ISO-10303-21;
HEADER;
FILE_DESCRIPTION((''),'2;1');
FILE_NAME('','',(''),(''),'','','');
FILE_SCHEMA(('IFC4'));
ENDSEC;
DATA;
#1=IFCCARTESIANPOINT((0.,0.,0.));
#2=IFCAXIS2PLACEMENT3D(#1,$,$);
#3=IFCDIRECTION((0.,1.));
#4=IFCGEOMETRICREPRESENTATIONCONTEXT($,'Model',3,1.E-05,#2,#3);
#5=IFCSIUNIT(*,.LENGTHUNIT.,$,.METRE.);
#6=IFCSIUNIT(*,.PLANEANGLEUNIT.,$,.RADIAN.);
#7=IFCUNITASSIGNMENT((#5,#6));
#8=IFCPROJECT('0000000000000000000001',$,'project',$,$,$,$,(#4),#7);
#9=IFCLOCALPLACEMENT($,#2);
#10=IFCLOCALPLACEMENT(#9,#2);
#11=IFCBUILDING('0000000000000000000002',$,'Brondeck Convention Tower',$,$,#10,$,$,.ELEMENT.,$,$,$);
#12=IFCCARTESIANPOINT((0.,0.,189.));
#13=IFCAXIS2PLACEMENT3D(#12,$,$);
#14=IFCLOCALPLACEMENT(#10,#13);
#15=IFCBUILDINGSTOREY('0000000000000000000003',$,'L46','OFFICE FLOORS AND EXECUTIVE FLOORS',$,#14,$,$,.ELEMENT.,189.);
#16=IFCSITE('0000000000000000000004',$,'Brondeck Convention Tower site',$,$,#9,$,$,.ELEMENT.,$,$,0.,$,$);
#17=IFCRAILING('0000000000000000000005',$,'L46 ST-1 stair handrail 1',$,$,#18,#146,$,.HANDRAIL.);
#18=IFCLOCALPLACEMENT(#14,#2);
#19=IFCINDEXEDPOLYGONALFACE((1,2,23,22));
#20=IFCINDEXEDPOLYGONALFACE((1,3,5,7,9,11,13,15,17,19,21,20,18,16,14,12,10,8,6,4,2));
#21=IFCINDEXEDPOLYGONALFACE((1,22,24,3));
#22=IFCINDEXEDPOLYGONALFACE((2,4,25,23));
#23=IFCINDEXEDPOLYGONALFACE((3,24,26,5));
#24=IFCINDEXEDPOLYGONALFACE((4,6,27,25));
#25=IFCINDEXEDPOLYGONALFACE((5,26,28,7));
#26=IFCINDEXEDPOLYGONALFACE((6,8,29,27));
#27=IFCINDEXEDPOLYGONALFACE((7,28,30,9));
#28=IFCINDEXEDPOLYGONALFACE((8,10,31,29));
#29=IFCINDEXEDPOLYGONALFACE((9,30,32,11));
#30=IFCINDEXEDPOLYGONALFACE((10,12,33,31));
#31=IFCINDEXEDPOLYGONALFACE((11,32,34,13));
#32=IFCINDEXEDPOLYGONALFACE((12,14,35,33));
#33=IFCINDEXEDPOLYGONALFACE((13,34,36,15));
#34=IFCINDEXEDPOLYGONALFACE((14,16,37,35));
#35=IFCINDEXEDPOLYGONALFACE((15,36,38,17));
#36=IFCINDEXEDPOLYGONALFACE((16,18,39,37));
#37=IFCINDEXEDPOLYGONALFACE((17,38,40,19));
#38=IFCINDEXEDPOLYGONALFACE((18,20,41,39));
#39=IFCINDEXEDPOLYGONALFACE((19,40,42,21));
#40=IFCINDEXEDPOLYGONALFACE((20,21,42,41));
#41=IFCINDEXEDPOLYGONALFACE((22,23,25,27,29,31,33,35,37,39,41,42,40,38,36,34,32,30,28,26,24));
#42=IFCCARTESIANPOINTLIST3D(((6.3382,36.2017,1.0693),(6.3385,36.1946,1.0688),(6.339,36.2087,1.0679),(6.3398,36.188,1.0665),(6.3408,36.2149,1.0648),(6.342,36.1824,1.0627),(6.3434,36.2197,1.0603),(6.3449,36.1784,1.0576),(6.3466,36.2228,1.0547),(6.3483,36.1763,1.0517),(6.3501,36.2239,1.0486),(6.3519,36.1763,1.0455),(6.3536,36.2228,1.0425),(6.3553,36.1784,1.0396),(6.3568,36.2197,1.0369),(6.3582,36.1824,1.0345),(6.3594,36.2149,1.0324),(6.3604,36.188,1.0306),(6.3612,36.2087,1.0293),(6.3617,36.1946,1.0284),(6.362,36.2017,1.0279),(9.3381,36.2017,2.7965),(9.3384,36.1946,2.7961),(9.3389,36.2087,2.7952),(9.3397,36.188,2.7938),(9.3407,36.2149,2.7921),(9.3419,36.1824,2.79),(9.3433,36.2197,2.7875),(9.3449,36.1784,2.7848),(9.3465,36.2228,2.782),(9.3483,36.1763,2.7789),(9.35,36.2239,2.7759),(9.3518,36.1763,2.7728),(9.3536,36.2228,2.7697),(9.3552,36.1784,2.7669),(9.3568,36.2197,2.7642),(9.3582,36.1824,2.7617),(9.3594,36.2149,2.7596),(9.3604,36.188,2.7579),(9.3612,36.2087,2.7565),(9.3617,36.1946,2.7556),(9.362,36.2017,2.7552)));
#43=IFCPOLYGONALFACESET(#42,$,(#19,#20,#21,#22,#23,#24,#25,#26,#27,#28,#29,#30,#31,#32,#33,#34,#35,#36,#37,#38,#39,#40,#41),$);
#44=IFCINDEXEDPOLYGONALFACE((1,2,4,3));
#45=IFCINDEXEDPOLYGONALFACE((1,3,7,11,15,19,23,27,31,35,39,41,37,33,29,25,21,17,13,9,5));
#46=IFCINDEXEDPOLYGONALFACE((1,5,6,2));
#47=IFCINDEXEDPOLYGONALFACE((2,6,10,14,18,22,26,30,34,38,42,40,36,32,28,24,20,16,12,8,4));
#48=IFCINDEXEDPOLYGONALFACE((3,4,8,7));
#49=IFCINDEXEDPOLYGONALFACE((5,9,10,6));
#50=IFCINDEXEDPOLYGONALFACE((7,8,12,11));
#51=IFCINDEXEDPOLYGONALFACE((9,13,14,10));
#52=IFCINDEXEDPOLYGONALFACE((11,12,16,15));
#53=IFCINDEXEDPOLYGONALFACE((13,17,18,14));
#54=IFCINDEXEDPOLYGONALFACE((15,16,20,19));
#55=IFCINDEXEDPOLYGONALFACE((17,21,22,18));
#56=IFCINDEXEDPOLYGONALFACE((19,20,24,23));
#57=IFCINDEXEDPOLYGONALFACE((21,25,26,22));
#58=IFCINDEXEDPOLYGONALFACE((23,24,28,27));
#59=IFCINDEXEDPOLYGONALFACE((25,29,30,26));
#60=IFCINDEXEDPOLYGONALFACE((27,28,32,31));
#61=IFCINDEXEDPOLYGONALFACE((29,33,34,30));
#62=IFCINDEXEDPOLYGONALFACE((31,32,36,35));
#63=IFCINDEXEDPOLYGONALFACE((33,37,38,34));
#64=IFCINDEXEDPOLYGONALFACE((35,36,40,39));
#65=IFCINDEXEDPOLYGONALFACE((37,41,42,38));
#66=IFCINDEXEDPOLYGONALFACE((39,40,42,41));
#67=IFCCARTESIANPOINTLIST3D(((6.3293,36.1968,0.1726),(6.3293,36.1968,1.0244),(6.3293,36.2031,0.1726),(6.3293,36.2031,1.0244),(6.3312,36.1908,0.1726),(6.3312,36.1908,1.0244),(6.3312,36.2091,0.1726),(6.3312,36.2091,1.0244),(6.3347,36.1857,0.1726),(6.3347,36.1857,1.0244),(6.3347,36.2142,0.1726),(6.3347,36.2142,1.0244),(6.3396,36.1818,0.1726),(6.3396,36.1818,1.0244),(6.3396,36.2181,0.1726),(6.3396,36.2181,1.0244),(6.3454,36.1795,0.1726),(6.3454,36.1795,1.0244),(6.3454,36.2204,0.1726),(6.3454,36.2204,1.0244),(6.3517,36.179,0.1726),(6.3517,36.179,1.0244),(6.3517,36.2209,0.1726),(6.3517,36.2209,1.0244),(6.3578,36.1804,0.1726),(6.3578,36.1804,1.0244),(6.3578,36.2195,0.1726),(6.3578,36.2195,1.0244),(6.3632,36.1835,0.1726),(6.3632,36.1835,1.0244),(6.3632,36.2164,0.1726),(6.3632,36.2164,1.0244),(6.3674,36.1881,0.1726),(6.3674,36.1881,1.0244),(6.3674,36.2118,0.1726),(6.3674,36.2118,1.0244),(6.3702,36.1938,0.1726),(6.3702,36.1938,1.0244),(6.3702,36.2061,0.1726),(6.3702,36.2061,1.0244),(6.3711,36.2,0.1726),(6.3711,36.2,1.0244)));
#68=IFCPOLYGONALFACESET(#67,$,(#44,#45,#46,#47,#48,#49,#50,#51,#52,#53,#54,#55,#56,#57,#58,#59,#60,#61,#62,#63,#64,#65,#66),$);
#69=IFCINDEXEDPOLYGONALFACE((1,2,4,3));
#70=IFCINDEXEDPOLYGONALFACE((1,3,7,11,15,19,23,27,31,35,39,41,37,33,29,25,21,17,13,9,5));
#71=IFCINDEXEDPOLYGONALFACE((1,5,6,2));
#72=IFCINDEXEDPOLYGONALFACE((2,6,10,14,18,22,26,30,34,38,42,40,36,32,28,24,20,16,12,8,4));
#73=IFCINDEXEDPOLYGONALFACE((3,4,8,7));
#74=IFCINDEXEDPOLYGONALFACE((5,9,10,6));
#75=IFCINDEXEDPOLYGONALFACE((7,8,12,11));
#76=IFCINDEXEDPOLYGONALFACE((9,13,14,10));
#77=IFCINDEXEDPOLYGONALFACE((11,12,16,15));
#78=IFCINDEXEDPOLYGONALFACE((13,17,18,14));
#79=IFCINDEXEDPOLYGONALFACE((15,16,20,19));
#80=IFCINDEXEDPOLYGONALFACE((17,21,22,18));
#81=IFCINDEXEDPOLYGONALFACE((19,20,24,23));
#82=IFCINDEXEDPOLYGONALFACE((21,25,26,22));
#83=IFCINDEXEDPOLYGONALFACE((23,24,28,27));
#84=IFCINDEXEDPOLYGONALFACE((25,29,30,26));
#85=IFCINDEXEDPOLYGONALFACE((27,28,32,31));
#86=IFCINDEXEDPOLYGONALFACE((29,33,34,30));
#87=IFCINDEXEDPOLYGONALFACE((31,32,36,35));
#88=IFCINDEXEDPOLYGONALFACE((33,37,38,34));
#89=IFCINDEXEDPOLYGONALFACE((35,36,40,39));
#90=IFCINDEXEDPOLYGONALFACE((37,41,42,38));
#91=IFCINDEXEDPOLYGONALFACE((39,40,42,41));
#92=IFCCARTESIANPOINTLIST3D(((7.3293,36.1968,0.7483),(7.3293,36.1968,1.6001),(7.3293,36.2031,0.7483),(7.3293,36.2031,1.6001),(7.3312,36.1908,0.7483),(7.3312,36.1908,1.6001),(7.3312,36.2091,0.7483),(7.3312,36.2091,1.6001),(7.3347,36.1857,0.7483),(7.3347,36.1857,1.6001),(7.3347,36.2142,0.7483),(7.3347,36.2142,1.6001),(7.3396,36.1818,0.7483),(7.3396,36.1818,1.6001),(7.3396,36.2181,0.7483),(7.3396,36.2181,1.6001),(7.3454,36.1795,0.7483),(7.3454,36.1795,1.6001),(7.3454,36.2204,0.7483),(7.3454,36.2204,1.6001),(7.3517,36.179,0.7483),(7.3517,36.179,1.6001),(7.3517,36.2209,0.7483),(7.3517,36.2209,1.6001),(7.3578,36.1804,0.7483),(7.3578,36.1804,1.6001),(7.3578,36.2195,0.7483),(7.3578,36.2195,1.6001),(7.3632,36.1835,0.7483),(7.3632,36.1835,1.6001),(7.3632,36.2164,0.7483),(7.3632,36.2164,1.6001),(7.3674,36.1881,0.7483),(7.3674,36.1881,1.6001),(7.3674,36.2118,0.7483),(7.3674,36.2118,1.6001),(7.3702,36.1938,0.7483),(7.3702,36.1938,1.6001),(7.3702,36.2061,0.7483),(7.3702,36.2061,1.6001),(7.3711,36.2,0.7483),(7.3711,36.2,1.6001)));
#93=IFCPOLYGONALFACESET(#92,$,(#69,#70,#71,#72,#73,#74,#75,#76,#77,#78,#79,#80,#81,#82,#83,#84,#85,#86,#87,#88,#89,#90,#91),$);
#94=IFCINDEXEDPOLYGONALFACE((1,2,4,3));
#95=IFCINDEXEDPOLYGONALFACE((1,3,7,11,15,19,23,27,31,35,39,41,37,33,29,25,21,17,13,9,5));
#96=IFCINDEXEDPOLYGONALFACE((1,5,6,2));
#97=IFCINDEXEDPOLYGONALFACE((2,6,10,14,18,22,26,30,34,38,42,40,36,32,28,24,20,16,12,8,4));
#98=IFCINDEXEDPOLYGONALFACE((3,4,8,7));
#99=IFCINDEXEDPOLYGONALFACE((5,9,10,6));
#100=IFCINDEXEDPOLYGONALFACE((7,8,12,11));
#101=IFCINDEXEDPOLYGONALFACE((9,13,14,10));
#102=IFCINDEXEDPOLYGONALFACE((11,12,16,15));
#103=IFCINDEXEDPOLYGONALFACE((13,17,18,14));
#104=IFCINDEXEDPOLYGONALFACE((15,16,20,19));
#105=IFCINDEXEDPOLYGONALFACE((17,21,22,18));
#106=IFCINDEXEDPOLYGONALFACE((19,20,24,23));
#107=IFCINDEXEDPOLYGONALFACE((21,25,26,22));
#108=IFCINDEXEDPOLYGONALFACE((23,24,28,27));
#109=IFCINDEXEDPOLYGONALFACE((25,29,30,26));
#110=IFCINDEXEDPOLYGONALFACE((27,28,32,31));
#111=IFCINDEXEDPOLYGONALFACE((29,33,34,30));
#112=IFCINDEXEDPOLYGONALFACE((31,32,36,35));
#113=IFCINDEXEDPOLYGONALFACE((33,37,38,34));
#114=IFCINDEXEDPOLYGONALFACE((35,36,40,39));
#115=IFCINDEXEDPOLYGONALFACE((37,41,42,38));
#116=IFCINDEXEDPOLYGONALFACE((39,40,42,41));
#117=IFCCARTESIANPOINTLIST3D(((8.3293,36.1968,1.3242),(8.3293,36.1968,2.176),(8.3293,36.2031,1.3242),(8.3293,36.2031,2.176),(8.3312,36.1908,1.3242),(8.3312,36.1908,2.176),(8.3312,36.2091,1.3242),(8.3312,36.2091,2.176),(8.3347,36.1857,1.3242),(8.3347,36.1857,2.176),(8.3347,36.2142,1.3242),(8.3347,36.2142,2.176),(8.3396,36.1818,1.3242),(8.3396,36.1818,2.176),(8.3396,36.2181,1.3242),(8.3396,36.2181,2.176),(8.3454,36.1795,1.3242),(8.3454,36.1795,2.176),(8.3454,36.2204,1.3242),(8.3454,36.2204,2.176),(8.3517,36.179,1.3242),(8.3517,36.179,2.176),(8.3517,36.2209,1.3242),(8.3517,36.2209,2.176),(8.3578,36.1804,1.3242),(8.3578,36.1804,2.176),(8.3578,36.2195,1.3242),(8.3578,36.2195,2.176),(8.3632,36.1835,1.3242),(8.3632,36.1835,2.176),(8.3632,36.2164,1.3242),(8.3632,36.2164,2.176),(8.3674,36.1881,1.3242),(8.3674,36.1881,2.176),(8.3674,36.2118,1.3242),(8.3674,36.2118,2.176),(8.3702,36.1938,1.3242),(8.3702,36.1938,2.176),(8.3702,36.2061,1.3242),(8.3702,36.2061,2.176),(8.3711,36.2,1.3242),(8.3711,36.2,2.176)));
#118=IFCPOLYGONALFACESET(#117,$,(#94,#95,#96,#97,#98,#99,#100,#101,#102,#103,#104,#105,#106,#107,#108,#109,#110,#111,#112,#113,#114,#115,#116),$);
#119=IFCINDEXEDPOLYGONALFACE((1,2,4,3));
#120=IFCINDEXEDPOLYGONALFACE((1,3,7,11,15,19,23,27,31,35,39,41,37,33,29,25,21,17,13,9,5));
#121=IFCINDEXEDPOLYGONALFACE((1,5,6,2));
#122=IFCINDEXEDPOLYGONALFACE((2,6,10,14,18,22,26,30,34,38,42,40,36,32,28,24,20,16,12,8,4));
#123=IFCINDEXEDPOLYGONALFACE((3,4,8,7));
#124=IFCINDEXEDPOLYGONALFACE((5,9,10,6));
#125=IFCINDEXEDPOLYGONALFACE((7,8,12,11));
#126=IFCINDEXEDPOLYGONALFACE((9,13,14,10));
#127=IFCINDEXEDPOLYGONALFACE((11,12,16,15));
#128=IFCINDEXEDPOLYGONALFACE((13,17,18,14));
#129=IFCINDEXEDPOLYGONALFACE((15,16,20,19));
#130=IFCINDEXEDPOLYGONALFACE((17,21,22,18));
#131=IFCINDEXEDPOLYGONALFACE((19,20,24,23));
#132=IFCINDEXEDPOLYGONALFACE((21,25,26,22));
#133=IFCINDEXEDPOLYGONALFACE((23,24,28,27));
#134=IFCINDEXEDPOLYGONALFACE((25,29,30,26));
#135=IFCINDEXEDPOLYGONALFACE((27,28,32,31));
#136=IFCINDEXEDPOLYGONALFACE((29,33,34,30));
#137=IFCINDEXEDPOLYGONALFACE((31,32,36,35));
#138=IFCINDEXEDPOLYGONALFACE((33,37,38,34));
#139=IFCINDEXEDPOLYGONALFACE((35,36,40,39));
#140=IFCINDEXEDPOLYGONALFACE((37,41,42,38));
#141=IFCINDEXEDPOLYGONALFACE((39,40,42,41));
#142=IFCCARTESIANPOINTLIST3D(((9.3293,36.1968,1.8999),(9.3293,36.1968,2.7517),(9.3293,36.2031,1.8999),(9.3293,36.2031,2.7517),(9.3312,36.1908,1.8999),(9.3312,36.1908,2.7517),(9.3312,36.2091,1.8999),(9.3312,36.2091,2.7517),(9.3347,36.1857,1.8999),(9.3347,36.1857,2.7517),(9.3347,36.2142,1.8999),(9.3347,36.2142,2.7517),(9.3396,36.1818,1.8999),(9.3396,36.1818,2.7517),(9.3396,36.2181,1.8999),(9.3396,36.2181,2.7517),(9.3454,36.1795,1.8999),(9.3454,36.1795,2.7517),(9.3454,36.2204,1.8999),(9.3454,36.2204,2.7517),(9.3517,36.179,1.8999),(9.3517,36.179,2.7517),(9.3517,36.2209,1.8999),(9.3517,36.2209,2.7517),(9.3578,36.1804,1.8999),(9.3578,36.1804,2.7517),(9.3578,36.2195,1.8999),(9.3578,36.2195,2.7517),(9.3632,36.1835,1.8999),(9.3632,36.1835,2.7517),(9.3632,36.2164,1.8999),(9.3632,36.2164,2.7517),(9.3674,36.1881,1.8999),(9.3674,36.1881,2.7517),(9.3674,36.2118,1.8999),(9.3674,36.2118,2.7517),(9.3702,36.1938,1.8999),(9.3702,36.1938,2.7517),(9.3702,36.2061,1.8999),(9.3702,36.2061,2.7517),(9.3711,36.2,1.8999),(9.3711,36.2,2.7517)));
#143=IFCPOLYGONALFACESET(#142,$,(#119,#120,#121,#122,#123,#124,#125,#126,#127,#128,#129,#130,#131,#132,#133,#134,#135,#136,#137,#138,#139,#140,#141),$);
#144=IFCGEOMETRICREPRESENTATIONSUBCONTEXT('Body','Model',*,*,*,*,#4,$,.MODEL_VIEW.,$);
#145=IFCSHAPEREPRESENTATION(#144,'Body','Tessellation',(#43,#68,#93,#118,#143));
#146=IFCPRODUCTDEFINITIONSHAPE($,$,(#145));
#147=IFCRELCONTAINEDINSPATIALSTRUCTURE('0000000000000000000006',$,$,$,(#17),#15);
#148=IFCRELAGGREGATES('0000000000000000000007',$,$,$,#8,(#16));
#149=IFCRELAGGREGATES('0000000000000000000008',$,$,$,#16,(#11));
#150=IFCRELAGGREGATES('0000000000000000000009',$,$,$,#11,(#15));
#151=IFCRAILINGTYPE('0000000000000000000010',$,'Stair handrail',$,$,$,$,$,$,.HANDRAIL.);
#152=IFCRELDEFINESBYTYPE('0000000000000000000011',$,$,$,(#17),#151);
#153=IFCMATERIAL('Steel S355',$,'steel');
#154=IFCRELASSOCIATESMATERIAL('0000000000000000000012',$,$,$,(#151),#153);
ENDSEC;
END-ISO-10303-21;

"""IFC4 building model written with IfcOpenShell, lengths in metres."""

from ifc_helpers import new_model, si_unit, direction, frame, origin, origin_2d, place, context, subcontext, project, spatial, circle, extrude, material, type_object, element, save


model = new_model("IFC4")

# Units and contexts
model_context = context("Model", 3, precision=1e-05, world=origin(), true_north=direction((0.0, 1.0)))
body_context = subcontext(model_context, "Body", "Model", "MODEL_VIEW")
ifc_project = project(units=[si_unit("LENGTHUNIT", "METRE"), si_unit("PLANEANGLEUNIT", "RADIAN")], contexts=[model_context])

# Site, building, storey
site_placement = place(None, origin())
site = spatial("IfcSite", under=ifc_project, at=site_placement, Name="Brondeck Convention Tower site", CompositionType="ELEMENT", RefElevation=0.0)
building_placement = place(site_placement, origin())
building = spatial("IfcBuilding", under=site, at=building_placement, Name="Brondeck Convention Tower", CompositionType="ELEMENT")
storey_placement = place(building_placement, frame((0.0, 0.0, 189.0)))
storey = spatial("IfcBuildingStorey", under=building, at=storey_placement, Name="L46", Description="OFFICE FLOORS AND EXECUTIVE FLOORS", CompositionType="ELEMENT", Elevation=189.0)

# Shared definitions
ifc_material_1 = material(Name="Steel S355", Category="steel")

# Railing
railing_type_1 = type_object("IfcRailingType", Name="Stair handrail", PredefinedType="HANDRAIL", material=ifc_material_1)
railing_1_placement = place(storey_placement, frame((6.3501, 36.2, 0.1726)))
element("IfcRailing", 1, at=railing_1_placement, inside=storey, type_object=railing_type_1, Name="L46 ST-1 stair handrail 1", PredefinedType="HANDRAIL", context=body_context, shape_type="SweptSolid", body=[
    extrude(circle(Radius=0.0239, at=origin_2d()), frame((0.0, 0.0, 0.876), z_axis=(0.86662, 0.0, 0.498969), x_axis=(0.0, 1.0, 0.0)), (0.0, 0.0, 1.0), 3.4617),
    extrude(circle(Radius=0.021, at=origin_2d()), origin(), (0.0, 0.0, 1.0), 0.8518),
    extrude(circle(Radius=0.021, at=origin_2d()), frame((1.0, 0.0, 0.5757)), (0.0, 0.0, 1.0), 0.8518),
    extrude(circle(Radius=0.021, at=origin_2d()), frame((2.0, 0.0, 1.1516)), (0.0, 0.0, 1.0), 0.8518),
    extrude(circle(Radius=0.021, at=origin_2d()), frame((3.0, 0.0, 1.7273)), (0.0, 0.0, 1.0), 0.8518),
])

save(model, "model.ifc")
